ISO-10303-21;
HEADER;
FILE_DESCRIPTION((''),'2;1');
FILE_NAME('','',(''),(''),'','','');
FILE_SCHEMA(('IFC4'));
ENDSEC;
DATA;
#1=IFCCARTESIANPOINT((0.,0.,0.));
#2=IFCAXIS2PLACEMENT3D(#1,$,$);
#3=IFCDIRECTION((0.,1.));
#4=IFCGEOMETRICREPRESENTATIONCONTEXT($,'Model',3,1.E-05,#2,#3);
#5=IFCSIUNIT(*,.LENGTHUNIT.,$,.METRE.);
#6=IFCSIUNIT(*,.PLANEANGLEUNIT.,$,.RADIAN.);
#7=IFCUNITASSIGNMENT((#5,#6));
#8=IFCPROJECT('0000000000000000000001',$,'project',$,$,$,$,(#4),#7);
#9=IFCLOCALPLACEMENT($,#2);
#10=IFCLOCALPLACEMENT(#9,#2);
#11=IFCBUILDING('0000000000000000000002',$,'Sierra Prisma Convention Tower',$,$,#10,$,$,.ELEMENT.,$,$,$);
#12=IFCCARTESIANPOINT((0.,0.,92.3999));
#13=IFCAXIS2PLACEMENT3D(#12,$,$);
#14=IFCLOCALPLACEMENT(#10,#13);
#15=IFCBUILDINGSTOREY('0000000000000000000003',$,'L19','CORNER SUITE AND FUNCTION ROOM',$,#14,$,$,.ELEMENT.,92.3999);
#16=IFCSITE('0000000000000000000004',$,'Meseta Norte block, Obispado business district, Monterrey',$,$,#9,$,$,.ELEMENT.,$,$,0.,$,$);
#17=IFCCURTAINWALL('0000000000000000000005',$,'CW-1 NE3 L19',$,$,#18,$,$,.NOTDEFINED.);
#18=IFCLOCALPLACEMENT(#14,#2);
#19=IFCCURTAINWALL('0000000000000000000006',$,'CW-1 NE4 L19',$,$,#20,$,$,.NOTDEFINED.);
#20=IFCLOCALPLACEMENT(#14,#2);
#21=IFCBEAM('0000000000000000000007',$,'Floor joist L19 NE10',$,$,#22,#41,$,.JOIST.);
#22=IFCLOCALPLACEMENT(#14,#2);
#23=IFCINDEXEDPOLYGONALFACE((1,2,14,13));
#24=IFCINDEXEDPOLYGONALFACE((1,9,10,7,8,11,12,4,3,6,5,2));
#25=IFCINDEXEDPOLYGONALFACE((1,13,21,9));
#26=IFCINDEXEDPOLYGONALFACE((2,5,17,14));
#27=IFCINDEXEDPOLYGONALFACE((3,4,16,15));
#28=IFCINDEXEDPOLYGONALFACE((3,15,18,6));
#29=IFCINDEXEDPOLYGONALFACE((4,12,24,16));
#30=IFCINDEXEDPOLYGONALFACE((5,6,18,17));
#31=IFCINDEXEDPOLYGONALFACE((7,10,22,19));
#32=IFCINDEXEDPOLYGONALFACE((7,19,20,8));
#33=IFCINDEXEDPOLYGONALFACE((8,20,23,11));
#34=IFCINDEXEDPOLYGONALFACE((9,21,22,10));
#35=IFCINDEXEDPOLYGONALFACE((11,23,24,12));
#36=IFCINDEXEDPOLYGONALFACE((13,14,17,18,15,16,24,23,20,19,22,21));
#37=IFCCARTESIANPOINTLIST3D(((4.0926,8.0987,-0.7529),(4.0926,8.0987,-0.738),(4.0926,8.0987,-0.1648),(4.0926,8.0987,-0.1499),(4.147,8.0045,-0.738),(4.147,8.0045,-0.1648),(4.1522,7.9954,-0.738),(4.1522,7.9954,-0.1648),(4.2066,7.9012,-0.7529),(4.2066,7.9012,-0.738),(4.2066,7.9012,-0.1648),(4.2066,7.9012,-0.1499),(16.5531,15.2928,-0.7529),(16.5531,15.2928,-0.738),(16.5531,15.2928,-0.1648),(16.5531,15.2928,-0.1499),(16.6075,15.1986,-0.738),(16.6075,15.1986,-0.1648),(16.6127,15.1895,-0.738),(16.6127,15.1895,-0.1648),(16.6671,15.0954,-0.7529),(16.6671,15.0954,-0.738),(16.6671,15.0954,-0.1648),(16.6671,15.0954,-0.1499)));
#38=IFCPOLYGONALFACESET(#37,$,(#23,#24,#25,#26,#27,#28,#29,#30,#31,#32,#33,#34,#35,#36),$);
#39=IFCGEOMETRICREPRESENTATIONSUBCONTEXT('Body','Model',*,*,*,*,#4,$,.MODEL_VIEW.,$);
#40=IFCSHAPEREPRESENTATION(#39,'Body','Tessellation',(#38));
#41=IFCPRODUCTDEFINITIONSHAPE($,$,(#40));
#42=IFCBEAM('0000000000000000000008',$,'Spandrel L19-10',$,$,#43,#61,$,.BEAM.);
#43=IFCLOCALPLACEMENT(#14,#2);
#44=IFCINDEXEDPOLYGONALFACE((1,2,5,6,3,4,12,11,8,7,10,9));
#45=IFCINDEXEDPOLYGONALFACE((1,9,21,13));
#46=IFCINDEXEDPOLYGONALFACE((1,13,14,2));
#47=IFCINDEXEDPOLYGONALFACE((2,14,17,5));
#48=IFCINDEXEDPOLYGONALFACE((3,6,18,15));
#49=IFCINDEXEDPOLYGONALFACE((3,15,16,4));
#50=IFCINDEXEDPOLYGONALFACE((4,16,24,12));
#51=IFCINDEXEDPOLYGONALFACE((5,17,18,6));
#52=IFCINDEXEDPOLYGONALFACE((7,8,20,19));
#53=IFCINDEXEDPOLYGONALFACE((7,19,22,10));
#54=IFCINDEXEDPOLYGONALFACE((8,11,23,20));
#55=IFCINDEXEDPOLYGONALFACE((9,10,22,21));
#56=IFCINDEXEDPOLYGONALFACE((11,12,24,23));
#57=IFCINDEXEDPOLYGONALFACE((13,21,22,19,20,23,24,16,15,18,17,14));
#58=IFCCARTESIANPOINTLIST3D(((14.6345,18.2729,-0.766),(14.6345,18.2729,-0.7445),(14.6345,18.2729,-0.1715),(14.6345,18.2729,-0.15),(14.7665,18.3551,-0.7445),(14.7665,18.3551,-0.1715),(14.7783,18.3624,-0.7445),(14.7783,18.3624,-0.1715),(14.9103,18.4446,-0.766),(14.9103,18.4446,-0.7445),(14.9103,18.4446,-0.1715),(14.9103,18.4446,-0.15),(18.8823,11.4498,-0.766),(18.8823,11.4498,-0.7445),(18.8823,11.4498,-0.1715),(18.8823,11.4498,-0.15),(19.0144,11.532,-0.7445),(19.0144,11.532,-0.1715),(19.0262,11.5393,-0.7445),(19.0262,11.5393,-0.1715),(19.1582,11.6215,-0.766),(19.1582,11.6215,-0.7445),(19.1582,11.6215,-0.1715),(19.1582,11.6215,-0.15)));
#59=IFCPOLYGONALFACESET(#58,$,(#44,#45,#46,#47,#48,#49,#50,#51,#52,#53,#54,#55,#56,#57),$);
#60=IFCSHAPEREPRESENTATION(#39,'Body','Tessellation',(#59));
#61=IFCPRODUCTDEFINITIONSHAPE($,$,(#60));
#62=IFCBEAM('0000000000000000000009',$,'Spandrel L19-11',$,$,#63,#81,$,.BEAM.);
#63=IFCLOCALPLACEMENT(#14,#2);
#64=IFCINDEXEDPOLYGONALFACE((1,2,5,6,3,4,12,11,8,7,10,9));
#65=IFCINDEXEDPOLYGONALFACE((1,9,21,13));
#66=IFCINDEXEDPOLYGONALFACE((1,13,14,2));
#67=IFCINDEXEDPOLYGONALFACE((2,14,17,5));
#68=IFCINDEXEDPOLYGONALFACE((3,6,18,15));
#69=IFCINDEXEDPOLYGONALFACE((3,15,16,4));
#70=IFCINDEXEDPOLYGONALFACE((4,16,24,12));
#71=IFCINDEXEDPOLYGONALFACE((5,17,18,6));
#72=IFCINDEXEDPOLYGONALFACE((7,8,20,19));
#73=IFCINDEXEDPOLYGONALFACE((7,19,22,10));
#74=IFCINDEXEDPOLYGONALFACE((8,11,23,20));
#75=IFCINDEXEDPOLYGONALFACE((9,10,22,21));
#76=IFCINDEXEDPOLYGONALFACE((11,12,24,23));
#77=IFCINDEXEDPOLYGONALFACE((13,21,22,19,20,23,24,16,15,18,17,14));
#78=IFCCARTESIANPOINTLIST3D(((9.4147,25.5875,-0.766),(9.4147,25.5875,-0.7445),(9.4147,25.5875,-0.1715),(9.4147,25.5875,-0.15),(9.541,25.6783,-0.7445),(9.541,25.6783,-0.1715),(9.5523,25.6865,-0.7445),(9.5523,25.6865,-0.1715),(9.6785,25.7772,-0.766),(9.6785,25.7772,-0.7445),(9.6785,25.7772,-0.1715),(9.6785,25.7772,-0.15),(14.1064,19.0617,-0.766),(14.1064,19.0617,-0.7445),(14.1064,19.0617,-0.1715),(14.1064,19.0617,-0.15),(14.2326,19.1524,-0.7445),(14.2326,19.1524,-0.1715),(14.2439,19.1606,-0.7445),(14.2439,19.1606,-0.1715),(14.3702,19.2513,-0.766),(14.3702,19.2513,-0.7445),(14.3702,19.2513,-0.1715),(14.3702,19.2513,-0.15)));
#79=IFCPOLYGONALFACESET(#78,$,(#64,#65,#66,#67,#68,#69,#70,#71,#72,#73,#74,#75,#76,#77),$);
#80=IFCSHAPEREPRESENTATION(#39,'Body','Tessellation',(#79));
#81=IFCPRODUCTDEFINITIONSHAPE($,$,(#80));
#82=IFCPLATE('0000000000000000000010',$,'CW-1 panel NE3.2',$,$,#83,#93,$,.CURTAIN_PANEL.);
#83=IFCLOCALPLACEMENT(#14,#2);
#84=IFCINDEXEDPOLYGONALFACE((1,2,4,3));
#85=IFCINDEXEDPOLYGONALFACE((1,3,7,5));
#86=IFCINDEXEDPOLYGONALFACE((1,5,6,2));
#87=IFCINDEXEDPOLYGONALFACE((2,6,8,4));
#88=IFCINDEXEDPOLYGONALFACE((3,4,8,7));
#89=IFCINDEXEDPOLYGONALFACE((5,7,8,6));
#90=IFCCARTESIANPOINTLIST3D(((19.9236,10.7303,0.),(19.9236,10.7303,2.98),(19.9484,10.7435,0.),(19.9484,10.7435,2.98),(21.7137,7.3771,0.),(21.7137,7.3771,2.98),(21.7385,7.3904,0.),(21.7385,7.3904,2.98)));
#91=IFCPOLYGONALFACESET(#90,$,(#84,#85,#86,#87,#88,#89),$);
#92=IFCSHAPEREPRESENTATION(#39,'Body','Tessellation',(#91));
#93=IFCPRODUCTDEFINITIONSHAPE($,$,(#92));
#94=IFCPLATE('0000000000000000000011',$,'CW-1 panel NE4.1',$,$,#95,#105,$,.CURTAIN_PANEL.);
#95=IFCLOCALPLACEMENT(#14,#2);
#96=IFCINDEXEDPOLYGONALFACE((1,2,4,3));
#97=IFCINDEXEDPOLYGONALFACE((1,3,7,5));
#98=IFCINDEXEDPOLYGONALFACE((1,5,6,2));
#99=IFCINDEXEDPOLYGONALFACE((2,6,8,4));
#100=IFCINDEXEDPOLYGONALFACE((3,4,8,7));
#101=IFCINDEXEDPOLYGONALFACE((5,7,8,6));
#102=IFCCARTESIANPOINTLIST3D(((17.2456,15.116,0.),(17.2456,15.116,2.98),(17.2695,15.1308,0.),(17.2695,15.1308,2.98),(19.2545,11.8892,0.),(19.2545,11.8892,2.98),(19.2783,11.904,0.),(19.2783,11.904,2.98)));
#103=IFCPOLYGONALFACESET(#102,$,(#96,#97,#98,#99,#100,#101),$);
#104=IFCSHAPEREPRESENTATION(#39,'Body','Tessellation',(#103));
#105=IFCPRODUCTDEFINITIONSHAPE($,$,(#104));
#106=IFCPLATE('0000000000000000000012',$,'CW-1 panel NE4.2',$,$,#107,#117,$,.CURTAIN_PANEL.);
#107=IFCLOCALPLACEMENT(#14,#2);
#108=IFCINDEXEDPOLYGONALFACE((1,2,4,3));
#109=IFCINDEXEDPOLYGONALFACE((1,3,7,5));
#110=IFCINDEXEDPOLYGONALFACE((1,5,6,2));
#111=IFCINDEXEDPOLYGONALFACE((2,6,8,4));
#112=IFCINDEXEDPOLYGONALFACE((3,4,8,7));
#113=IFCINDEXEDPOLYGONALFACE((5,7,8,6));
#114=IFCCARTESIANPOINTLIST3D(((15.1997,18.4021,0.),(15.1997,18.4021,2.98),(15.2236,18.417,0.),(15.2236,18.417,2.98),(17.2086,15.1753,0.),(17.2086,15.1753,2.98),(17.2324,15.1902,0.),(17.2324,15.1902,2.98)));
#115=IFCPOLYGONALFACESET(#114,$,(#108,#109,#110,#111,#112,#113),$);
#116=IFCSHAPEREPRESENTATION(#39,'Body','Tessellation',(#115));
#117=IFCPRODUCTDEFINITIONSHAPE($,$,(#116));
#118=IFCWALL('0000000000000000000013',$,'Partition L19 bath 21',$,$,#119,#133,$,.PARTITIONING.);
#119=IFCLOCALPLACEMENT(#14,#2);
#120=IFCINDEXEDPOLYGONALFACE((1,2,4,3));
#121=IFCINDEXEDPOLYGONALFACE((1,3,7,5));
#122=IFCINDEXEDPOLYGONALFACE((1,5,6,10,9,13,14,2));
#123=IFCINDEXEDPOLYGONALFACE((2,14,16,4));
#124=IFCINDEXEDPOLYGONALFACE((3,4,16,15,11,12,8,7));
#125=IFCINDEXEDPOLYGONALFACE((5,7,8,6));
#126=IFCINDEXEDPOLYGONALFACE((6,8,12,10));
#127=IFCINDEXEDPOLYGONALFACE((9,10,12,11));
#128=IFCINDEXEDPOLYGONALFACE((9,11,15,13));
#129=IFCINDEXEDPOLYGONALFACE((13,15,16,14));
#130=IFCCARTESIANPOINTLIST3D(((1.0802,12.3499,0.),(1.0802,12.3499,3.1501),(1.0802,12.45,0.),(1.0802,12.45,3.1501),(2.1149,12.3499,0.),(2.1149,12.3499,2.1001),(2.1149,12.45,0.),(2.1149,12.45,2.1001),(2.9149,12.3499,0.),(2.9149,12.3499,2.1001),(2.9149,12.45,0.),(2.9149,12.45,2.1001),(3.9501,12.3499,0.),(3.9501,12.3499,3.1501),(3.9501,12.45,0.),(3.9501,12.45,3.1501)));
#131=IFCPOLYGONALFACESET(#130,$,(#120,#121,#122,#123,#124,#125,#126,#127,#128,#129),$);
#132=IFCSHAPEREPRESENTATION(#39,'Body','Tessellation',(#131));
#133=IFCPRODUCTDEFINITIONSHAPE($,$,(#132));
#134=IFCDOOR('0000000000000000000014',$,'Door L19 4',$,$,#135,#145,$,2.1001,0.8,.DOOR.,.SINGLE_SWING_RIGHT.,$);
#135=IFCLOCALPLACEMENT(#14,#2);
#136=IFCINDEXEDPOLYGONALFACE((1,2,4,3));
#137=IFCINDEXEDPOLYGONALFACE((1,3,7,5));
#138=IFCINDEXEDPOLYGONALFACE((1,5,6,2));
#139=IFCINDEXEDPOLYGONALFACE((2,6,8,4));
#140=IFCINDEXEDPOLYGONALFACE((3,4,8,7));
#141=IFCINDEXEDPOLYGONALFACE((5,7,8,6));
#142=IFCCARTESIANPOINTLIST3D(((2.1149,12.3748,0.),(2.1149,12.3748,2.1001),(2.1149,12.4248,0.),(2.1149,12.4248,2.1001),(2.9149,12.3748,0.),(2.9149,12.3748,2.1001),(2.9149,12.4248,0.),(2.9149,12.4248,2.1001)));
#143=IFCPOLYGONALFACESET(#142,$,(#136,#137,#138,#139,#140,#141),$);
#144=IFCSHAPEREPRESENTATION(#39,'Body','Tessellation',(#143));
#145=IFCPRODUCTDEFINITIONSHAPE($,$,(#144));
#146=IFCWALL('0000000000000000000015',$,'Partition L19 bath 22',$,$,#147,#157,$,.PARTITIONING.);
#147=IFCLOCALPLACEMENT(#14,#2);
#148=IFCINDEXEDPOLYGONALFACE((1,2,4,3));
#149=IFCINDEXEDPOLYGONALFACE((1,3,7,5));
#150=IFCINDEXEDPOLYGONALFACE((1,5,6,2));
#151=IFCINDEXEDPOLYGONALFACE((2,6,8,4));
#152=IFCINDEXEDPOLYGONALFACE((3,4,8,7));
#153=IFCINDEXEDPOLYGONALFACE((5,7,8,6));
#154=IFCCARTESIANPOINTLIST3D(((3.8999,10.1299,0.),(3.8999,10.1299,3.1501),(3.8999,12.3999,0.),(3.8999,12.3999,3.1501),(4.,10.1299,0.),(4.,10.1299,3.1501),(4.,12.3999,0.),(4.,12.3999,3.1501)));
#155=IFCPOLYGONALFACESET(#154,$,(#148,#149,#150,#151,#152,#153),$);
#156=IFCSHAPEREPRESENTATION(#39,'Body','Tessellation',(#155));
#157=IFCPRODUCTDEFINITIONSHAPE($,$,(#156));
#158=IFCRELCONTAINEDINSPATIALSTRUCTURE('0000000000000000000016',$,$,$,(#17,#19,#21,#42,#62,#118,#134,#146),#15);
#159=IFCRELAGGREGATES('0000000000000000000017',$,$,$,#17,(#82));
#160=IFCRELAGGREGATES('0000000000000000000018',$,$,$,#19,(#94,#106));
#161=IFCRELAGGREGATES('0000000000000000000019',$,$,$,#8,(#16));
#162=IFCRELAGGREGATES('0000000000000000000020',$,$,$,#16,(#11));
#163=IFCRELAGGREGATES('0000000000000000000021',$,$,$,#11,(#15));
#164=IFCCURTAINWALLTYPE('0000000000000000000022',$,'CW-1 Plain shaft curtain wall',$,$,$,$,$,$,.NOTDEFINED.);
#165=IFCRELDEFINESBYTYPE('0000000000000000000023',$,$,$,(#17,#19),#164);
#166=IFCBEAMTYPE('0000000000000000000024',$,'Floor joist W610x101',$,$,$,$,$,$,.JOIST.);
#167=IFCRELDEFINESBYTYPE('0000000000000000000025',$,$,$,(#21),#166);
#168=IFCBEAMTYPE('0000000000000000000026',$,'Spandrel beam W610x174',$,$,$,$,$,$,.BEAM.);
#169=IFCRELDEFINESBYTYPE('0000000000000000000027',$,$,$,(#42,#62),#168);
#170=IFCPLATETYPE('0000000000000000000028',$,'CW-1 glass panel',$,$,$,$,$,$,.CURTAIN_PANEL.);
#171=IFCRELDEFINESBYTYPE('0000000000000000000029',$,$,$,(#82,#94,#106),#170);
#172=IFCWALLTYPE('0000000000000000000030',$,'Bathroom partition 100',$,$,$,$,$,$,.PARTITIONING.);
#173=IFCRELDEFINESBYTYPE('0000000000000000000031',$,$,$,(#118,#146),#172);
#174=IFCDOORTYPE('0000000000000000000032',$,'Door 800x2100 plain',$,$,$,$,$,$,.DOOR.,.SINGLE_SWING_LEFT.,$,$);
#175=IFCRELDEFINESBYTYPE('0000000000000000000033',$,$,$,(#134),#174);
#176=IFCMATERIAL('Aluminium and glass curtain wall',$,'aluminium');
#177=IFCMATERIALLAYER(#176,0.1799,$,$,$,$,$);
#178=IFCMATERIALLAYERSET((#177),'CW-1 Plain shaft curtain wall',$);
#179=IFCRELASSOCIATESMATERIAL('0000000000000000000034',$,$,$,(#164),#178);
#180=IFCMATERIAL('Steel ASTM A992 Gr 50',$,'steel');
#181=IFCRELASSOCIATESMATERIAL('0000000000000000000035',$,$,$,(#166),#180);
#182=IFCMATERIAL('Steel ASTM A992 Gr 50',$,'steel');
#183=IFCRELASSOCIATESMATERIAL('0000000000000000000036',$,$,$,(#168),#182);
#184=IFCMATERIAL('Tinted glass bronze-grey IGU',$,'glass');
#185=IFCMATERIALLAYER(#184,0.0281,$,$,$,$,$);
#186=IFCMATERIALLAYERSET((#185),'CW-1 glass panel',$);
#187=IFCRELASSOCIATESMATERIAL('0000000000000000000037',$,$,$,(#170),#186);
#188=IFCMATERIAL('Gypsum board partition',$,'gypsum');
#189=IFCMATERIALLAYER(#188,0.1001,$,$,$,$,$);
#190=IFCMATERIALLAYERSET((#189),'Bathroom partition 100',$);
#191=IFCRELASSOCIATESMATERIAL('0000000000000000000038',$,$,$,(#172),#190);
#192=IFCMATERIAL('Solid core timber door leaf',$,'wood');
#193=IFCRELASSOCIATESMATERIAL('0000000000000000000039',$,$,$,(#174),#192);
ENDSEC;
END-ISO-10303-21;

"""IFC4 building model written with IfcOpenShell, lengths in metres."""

from ifc_helpers import new_model, si_unit, direction, frame, frame_2d, origin, origin_2d, place, context, subcontext, project, spatial, rectangle, i_section, extrude, material, layer, layer_set, material_profile, profile_set, type_object, element, fill, aggregate, save


model = new_model("IFC4")

# Units and contexts
model_context = context("Model", 3, precision=1e-05, world=origin(), true_north=direction((0.0, 1.0)))
body_context = subcontext(model_context, "Body", "Model", "MODEL_VIEW")
ifc_project = project(units=[si_unit("LENGTHUNIT", "METRE"), si_unit("PLANEANGLEUNIT", "RADIAN")], contexts=[model_context])

# Site, building, storey
site_placement = place(None, origin())
site = spatial("IfcSite", under=ifc_project, at=site_placement, Name="Meseta Norte block, Obispado business district, Monterrey", CompositionType="ELEMENT", RefElevation=0.0)
building_placement = place(site_placement, origin())
building = spatial("IfcBuilding", under=site, at=building_placement, Name="Sierra Prisma Convention Tower", CompositionType="ELEMENT")
storey_placement = place(building_placement, frame((0.0, 0.0, 92.3999)))
storey = spatial("IfcBuildingStorey", under=building, at=storey_placement, Name="L19", Description="CORNER SUITE AND FUNCTION ROOM", CompositionType="ELEMENT", Elevation=92.3999)

# Curtain wall
ifc_material_1 = material(Name="Aluminium and glass curtain wall", Category="aluminium")
ifc_layer_1 = layer(ifc_material_1, 0.1799)
ifc_layer_set_1 = layer_set([ifc_layer_1], Name="CW-1 Plain shaft curtain wall")
curtain_wall_type = type_object("IfcCurtainWallType", Name="CW-1 Plain shaft curtain wall", PredefinedType="NOTDEFINED", material=ifc_layer_set_1)
curtain_wall_1_placement = place(storey_placement, origin())
curtain_wall_1 = element("IfcCurtainWall", 1, at=curtain_wall_1_placement, inside=storey, type_object=curtain_wall_type, Name="CW-1 NE3 L19", PredefinedType="NOTDEFINED")

# Curtain wall
curtain_wall_2_placement = place(storey_placement, origin())
curtain_wall_2 = element("IfcCurtainWall", 2, at=curtain_wall_2_placement, inside=storey, type_object=curtain_wall_type, Name="CW-1 NE4 L19", PredefinedType="NOTDEFINED")

# Beams
ifc_material_2 = material(Name="Steel ASTM A992 Gr 50", Category="steel")
ifc_material_profile_1 = material_profile(ifc_material_2, i_section(OverallWidth=0.228, OverallDepth=0.603, WebThickness=0.0105, FlangeThickness=0.0149, at=origin_2d()), Name="W610x101")
ifc_profile_set_1 = profile_set([ifc_material_profile_1], Name="Steel ASTM A992 Gr 50")
beam_type_1 = type_object("IfcBeamType", Name="Floor joist W610x101", PredefinedType="JOIST", material=ifc_profile_set_1)
beam_1_placement = place(storey_placement, frame((16.6101, 15.1941, -0.4514), z_axis=(-0.866024, -0.500003, 0.0), x_axis=(0.500003, -0.866024, 0.0)))
element("IfcBeam", 3, at=beam_1_placement, inside=storey, type_object=beam_type_1, Name="Floor joist L19 NE10", PredefinedType="JOIST", context=body_context, shape_type="SweptSolid", body=[
    extrude(i_section(OverallWidth=0.228, OverallDepth=0.603, WebThickness=0.0105, FlangeThickness=0.0149, at=origin_2d()), origin(), (0.0, 0.0, 1.0), 14.3882),
])
ifc_material_3 = material(Name="Steel ASTM A992 Gr 50", Category="steel")
ifc_material_profile_2 = material_profile(ifc_material_3, i_section(OverallWidth=0.325, OverallDepth=0.616, WebThickness=0.0139, FlangeThickness=0.0215, at=origin_2d()), Name="W610x174")
ifc_profile_set_2 = profile_set([ifc_material_profile_2], Name="Steel ASTM A992 Gr 50")
beam_type_2 = type_object("IfcBeamType", Name="Spandrel beam W610x174", PredefinedType="BEAM", material=ifc_profile_set_2)
for number, where, z_axis, x_axis, name in (
    (4, (19.0203, 11.5356, -0.458), (-0.528515, 0.848924, 0.0), (-0.848924, -0.528515, 0.0), "Spandrel L19-10"),
    (5, (14.2383, 19.1565, -0.458), (-0.583732, 0.811946, 0.0), (-0.811946, -0.583732, 0.0), "Spandrel L19-11"),
):
    element("IfcBeam", number, at=place(storey_placement, frame(where, z_axis=z_axis, x_axis=x_axis)), inside=storey, type_object=beam_type_2, Name=name, PredefinedType="BEAM", context=body_context, shape_type="SweptSolid", body=[
        extrude(i_section(OverallWidth=0.325, OverallDepth=0.616, WebThickness=0.0139, FlangeThickness=0.0215, at=origin_2d()), origin(), (0.0, 0.0, 1.0), 8.0374),
    ])

# Plates
ifc_material_4 = material(Name="Tinted glass bronze-grey IGU", Category="glass")
ifc_layer_2 = layer(ifc_material_4, 0.0281)
ifc_layer_set_2 = layer_set([ifc_layer_2], Name="CW-1 glass panel")
plate_type = type_object("IfcPlateType", Name="CW-1 glass panel", PredefinedType="CURTAIN_PANEL", material=ifc_layer_set_2)
plate_1_placement = place(storey_placement, frame((20.8311, 9.0603, 0.0), z_axis=(0.0, 0.0, 1.0), x_axis=(-0.470945, 0.882163, 0.0)))
plate_1 = element("IfcPlate", 6, at=plate_1_placement, type_object=plate_type, Name="CW-1 panel NE3.2", PredefinedType="CURTAIN_PANEL", context=body_context, shape_type="SweptSolid", body=[
    extrude(rectangle(XDim=3.801, YDim=0.0281, at=origin_2d()), origin(), (0.0, 0.0, 1.0), 2.98),
])
aggregate(curtain_wall_1, [plate_1])
plate_2_placement = place(storey_placement, frame((18.262, 13.51, 0.0), z_axis=(0.0, 0.0, 1.0), x_axis=(-0.528503, 0.848932, 0.0)))
plate_2 = element("IfcPlate", 7, at=plate_2_placement, type_object=plate_type, Name="CW-1 panel NE4.1", PredefinedType="CURTAIN_PANEL", context=body_context, shape_type="SweptSolid", body=[
    extrude(rectangle(XDim=3.801, YDim=0.0281, at=origin_2d()), origin(), (0.0, 0.0, 1.0), 2.98),
])
plate_3_placement = place(storey_placement, frame((16.2161, 16.7961, 0.0), z_axis=(0.0, 0.0, 1.0), x_axis=(-0.528503, 0.848932, 0.0)))
plate_3 = element("IfcPlate", 8, at=plate_3_placement, type_object=plate_type, Name="CW-1 panel NE4.2", PredefinedType="CURTAIN_PANEL", context=body_context, shape_type="SweptSolid", body=[
    extrude(rectangle(XDim=3.801, YDim=0.0281, at=origin_2d()), origin(), (0.0, 0.0, 1.0), 2.98),
])
aggregate(curtain_wall_2, [plate_2, plate_3])

# Wall, opening, door
ifc_material_5 = material(Name="Gypsum board partition", Category="gypsum")
ifc_layer_3 = layer(ifc_material_5, 0.1001)
ifc_layer_set_3 = layer_set([ifc_layer_3], Name="Bathroom partition 100")
wall_type_1 = type_object("IfcWallType", Name="Bathroom partition 100", PredefinedType="PARTITIONING", material=ifc_layer_set_3)
wall_1_placement = place(storey_placement, frame((1.0801, 12.3999, 0.0), z_axis=(0.0, 0.0, 1.0), x_axis=(1.0, 0.0, 0.0)))
wall_1 = element("IfcWall", 9, at=wall_1_placement, inside=storey, type_object=wall_type_1, Name="Partition L19 bath 21", PredefinedType="PARTITIONING", context=body_context, shape_type="SweptSolid", body=[
    extrude(rectangle(XDim=2.8699, YDim=0.1001, at=frame_2d((1.4351, 0.0))), origin(), (0.0, 0.0, 1.0), 3.1501),
])
opening_1_placement = place(wall_1_placement, frame((1.0349, 0.0, 0.0)))
opening_1 = element("IfcOpeningElement", 10, at=opening_1_placement, cuts=wall_1, PredefinedType="OPENING", context=body_context, shape_type="SweptSolid", body=[
    extrude(rectangle(XDim=0.8, YDim=2.1001, at=frame_2d((0.3999, 1.05))), frame((0.0, 0.05, 0.0), z_axis=(0.0, -1.0, 0.0), x_axis=(1.0, 0.0, 0.0)), (0.0, 0.0, 1.0), 0.1001),
])
ifc_material_6 = material(Name="Solid core timber door leaf", Category="wood")
door_type_1 = type_object("IfcDoorType", Name="Door 800x2100 plain", OperationType="SINGLE_SWING_LEFT", PredefinedType="DOOR", material=ifc_material_6)
door_1_placement = place(opening_1_placement, origin())
door_1 = element("IfcDoor", 11, at=door_1_placement, inside=storey, type_object=door_type_1, Name="Door L19 4", OperationType="SINGLE_SWING_RIGHT", OverallHeight=2.1001, OverallWidth=0.8, PredefinedType="DOOR", context=body_context, shape_type="SweptSolid", body=[
    extrude(rectangle(XDim=0.8, YDim=2.1001, at=frame_2d((0.3999, 1.05))), frame((0.0, 0.0249, 0.0), z_axis=(0.0, -1.0, 0.0), x_axis=(1.0, 0.0, 0.0)), (0.0, 0.0, 1.0), 0.05),
])
fill(opening_1, door_1)

# Wall
wall_2_placement = place(storey_placement, frame((3.95, 12.3999, 0.0), z_axis=(0.0, 0.0, 1.0), x_axis=(0.0, -1.0, 0.0)))
element("IfcWall", 12, at=wall_2_placement, inside=storey, type_object=wall_type_1, Name="Partition L19 bath 22", PredefinedType="PARTITIONING", context=body_context, shape_type="SweptSolid", body=[
    extrude(rectangle(XDim=2.27, YDim=0.1001, at=frame_2d((1.135, 0.0))), origin(), (0.0, 0.0, 1.0), 3.1501),
])

save(model, "model.ifc")
